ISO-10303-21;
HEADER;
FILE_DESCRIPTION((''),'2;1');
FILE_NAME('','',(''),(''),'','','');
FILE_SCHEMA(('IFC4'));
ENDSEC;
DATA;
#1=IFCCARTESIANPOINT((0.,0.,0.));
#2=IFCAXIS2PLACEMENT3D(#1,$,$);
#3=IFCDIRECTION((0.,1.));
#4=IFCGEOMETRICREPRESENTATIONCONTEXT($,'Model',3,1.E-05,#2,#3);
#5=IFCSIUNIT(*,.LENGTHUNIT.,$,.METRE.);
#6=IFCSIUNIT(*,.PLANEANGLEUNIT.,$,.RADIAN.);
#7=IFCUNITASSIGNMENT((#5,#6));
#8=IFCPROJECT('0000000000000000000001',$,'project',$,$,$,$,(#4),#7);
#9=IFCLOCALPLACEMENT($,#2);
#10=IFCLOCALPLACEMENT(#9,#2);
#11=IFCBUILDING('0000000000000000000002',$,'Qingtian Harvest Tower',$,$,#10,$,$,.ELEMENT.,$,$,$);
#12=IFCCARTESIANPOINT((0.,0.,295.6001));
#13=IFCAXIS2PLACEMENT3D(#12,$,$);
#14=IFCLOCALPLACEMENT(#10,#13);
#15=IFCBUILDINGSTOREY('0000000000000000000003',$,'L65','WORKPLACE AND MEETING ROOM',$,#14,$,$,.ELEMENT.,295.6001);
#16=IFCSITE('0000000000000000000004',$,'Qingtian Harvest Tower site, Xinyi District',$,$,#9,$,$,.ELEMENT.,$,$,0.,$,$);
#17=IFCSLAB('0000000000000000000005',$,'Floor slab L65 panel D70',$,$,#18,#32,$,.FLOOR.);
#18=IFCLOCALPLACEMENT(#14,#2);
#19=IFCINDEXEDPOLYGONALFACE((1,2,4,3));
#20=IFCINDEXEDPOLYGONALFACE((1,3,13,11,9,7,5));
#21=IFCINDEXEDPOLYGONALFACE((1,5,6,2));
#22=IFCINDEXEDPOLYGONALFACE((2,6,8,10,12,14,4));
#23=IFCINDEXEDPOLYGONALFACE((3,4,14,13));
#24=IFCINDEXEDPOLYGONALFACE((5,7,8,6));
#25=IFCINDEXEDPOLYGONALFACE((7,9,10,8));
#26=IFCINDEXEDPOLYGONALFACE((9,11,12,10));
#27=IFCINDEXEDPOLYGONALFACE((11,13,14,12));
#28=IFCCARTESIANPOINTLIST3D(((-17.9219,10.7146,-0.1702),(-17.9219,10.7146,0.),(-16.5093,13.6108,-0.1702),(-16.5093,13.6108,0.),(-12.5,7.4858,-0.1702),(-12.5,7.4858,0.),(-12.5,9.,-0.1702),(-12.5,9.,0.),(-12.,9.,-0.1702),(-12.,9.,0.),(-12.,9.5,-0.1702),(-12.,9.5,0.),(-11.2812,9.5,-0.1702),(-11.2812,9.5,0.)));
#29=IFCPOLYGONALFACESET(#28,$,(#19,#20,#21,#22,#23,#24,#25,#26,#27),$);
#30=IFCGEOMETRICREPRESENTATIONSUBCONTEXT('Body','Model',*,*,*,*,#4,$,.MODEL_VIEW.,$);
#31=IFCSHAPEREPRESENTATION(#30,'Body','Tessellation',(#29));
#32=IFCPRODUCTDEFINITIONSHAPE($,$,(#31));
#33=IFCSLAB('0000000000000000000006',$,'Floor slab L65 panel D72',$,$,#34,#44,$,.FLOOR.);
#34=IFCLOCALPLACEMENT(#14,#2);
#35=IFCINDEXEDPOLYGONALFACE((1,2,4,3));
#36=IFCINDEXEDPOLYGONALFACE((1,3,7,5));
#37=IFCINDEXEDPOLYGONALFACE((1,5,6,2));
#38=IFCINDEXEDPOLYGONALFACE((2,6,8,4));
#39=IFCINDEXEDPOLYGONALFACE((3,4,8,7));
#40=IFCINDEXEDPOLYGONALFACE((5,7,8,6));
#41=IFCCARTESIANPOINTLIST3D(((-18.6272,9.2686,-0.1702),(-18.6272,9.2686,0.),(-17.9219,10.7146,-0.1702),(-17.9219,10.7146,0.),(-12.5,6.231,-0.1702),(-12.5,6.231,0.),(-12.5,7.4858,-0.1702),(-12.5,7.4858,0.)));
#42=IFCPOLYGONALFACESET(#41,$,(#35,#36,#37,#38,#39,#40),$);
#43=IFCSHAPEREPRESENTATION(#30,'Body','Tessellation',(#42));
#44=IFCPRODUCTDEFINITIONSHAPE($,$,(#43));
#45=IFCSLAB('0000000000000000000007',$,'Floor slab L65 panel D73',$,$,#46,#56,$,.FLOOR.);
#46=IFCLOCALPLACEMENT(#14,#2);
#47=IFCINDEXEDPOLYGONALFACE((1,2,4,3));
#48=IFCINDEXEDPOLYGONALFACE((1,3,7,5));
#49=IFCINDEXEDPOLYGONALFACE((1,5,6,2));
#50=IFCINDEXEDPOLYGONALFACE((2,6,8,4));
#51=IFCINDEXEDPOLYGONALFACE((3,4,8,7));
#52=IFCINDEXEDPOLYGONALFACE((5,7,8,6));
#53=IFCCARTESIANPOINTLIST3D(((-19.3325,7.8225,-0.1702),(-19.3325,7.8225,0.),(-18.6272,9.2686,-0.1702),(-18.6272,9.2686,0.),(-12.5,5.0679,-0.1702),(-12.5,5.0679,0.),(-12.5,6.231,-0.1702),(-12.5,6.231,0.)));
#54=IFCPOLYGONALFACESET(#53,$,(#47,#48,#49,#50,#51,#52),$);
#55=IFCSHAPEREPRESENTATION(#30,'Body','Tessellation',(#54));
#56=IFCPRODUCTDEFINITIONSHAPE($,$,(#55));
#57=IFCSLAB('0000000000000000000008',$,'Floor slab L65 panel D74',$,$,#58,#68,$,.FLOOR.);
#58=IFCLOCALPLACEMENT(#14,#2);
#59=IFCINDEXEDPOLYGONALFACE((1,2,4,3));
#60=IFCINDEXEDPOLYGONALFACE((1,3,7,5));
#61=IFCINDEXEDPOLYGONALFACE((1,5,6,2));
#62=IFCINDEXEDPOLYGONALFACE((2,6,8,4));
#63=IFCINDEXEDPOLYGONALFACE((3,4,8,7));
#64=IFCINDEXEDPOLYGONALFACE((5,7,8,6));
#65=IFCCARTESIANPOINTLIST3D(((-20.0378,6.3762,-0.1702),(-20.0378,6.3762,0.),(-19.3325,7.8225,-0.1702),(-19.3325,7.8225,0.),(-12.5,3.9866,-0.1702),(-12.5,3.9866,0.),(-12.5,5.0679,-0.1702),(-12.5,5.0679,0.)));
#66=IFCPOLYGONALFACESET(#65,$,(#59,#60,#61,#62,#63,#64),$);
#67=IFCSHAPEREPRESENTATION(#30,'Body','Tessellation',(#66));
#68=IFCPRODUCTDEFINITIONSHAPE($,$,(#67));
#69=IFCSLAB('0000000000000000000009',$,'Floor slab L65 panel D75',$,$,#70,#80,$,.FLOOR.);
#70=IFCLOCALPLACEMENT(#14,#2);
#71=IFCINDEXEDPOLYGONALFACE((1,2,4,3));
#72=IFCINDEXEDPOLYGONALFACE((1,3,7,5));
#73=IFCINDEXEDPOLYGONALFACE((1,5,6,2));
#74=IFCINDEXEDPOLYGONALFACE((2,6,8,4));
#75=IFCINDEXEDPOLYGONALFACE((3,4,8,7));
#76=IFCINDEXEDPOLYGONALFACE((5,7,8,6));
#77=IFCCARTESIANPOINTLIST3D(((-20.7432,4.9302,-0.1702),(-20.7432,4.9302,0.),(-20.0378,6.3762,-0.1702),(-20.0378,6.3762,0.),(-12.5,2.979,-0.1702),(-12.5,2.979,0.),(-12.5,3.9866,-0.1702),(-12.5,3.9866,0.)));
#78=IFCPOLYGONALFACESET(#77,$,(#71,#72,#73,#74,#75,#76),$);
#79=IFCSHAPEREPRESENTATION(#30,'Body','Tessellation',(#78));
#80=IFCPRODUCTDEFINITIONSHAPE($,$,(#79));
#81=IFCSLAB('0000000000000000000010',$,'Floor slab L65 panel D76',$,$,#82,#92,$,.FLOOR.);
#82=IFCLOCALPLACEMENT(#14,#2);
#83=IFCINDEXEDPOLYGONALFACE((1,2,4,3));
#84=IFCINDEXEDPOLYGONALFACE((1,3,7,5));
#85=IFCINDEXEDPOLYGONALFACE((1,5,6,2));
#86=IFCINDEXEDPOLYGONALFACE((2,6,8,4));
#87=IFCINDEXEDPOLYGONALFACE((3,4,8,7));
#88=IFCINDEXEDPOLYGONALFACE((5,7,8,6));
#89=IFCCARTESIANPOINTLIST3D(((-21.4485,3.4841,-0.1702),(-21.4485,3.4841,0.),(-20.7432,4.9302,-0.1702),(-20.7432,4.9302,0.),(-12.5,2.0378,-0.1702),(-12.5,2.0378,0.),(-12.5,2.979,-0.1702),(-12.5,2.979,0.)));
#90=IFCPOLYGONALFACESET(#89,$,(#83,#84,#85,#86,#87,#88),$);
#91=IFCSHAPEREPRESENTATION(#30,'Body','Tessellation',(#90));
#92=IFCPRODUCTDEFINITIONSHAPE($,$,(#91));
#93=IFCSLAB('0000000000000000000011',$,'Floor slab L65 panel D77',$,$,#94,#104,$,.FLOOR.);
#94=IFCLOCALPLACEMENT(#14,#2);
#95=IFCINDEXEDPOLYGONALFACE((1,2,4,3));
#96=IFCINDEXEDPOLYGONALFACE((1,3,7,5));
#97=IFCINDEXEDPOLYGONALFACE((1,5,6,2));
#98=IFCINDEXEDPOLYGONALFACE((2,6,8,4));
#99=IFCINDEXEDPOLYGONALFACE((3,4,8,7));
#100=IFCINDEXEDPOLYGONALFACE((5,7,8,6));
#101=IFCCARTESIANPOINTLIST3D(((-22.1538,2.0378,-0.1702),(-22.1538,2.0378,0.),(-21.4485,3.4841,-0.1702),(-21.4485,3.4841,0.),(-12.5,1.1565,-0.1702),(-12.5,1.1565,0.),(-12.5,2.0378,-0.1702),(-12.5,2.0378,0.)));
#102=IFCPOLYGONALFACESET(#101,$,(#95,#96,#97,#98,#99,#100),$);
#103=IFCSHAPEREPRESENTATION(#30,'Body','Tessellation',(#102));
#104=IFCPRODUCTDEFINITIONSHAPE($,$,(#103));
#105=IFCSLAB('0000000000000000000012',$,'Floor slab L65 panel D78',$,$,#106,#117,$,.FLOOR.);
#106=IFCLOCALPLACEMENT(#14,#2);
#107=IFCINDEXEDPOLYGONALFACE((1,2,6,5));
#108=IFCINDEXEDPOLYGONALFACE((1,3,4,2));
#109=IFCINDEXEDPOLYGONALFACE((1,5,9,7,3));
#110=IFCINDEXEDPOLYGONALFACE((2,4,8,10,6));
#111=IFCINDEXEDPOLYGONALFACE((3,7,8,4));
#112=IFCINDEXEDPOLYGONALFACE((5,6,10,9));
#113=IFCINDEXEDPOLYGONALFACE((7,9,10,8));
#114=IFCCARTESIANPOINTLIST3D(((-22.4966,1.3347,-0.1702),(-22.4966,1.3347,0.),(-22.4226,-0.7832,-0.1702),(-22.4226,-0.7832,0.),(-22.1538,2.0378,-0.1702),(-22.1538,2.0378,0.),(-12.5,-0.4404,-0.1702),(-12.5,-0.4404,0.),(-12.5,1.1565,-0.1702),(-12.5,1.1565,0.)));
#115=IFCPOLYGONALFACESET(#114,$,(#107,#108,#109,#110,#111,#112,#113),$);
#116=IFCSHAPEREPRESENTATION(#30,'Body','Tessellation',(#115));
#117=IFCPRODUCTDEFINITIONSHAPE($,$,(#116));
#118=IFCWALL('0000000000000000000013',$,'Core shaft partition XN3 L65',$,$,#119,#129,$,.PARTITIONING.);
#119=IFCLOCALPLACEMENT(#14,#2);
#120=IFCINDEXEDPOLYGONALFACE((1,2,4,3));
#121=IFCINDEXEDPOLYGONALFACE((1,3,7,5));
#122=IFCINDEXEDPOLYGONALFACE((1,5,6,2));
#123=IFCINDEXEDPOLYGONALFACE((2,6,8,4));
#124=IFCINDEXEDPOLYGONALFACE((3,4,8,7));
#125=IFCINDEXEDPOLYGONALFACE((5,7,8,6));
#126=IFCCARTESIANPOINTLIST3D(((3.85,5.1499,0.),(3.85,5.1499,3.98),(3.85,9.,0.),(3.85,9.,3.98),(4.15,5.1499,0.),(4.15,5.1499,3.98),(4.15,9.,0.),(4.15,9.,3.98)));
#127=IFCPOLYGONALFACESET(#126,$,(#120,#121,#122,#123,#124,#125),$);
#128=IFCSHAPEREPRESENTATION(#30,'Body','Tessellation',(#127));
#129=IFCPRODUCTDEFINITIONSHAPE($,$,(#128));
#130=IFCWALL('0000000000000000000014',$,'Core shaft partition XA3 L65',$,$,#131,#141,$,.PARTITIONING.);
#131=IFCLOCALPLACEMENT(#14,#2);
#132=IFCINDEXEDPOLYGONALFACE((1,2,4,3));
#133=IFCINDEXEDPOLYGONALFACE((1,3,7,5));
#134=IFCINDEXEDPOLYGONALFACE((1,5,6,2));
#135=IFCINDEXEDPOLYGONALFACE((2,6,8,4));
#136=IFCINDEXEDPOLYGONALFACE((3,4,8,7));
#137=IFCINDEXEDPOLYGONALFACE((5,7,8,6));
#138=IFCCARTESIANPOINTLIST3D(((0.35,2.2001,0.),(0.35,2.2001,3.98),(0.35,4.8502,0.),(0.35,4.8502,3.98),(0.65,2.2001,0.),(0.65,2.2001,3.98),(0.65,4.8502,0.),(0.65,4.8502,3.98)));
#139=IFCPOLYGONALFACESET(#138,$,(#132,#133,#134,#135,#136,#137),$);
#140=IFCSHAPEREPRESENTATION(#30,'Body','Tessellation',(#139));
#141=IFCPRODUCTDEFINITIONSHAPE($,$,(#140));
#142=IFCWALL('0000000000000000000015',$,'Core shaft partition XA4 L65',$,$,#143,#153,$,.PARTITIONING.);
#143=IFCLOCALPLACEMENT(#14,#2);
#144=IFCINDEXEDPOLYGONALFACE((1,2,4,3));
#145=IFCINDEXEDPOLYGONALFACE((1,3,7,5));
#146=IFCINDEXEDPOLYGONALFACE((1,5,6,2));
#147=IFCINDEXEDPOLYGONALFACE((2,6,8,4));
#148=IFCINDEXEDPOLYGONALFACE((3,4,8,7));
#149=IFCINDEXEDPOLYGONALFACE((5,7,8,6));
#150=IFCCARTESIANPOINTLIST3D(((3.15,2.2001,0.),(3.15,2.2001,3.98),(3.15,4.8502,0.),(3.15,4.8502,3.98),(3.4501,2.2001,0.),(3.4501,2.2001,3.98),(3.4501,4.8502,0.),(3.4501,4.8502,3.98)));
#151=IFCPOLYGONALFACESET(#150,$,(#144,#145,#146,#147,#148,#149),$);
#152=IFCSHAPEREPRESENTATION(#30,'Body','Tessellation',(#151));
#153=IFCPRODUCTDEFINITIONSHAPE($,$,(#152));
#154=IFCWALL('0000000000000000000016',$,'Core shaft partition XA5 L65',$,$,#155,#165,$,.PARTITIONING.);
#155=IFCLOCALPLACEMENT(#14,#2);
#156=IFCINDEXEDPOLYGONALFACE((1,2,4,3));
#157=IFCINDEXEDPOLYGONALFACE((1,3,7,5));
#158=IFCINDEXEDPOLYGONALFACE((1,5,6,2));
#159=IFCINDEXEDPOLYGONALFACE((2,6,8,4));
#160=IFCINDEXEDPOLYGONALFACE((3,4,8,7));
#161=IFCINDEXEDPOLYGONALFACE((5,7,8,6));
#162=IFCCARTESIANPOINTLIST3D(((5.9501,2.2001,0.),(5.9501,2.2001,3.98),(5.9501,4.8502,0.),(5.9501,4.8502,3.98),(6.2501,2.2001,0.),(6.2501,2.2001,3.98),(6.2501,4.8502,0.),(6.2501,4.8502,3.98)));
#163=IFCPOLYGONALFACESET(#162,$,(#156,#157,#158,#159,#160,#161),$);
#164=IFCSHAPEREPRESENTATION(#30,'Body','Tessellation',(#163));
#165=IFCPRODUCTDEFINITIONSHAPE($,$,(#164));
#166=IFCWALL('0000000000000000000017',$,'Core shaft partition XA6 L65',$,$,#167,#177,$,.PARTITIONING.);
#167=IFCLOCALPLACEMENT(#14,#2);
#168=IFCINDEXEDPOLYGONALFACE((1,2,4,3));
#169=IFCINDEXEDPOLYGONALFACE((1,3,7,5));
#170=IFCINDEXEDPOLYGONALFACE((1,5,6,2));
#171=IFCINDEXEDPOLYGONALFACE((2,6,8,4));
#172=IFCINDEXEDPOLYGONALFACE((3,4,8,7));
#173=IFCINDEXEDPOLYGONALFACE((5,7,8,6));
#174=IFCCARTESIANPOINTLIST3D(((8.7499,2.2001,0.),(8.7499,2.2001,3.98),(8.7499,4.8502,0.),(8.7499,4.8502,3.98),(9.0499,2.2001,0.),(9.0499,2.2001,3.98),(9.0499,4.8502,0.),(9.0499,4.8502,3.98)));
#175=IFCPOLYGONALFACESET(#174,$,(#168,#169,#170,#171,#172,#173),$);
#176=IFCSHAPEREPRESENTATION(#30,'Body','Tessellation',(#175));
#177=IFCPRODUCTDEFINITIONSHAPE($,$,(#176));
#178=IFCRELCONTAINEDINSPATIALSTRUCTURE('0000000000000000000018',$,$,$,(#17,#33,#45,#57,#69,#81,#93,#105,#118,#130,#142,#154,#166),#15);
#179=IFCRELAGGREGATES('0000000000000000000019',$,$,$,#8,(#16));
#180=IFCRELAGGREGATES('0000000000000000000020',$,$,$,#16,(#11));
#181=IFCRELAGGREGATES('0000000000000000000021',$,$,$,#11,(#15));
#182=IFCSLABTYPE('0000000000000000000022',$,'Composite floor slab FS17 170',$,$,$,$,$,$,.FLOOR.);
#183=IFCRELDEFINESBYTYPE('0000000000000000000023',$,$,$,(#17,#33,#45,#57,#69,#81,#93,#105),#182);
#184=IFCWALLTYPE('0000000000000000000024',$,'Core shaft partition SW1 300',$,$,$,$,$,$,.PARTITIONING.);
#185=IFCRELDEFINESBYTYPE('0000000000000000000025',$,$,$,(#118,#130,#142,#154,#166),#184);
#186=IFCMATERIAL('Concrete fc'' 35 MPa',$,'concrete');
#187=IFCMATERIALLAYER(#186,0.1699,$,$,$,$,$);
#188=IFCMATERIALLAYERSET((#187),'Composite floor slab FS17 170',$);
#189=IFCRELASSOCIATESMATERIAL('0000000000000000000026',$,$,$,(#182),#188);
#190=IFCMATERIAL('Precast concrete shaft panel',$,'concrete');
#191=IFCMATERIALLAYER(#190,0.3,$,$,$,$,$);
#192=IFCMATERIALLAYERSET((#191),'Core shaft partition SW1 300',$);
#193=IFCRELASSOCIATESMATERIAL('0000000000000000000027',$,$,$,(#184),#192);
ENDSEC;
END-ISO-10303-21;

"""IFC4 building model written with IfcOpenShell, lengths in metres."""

from ifc_helpers import new_model, si_unit, direction, frame, frame_2d, origin, place, context, subcontext, project, spatial, polyline, rectangle, outline, extrude, material, layer, layer_set, type_object, element, save


model = new_model("IFC4")

# Units and contexts
model_context = context("Model", 3, precision=1e-05, world=origin(), true_north=direction((0.0, 1.0)))
body_context = subcontext(model_context, "Body", "Model", "MODEL_VIEW")
ifc_project = project(units=[si_unit("LENGTHUNIT", "METRE"), si_unit("PLANEANGLEUNIT", "RADIAN")], contexts=[model_context])

# Site, building, storey
site_placement = place(None, origin())
site = spatial("IfcSite", under=ifc_project, at=site_placement, Name="Qingtian Harvest Tower site, Xinyi District", CompositionType="ELEMENT", RefElevation=0.0)
building_placement = place(site_placement, origin())
building = spatial("IfcBuilding", under=site, at=building_placement, Name="Qingtian Harvest Tower", CompositionType="ELEMENT")
storey_placement = place(building_placement, frame((0.0, 0.0, 295.6001)))
storey = spatial("IfcBuildingStorey", under=building, at=storey_placement, Name="L65", Description="WORKPLACE AND MEETING ROOM", CompositionType="ELEMENT", Elevation=295.6001)

# Slabs
ifc_material_1 = material(Name="Concrete fc' 35 MPa", Category="concrete")
ifc_layer_1 = layer(ifc_material_1, 0.1699)
ifc_layer_set_1 = layer_set([ifc_layer_1], Name="Composite floor slab FS17 170")
slab_type = type_object("IfcSlabType", Name="Composite floor slab FS17 170", PredefinedType="FLOOR", material=ifc_layer_set_1)
slab_1_placement = place(storey_placement, frame((0.0, 0.0, -0.1702)))
element("IfcSlab", 1, at=slab_1_placement, inside=storey, type_object=slab_type, Name="Floor slab L65 panel D70", PredefinedType="FLOOR", context=body_context, shape_type="SweptSolid", body=[
    extrude(outline(polyline([(-12.0, 9.0), (-12.5, 9.0), (-12.5, 7.4858), (-17.9219, 10.7146), (-16.5093, 13.6108), (-11.2812, 9.5), (-12.0, 9.5), (-12.0, 9.0)])), origin(), (0.0, 0.0, 1.0), 0.1702),
])
slab_2_placement = place(storey_placement, frame((0.0, 0.0, -0.1702)))
element("IfcSlab", 2, at=slab_2_placement, inside=storey, type_object=slab_type, Name="Floor slab L65 panel D72", PredefinedType="FLOOR", context=body_context, shape_type="SweptSolid", body=[
    extrude(outline(polyline([(-12.5, 6.231), (-18.6272, 9.2686), (-17.9219, 10.7146), (-12.5, 7.4858), (-12.5, 6.231)])), origin(), (0.0, 0.0, 1.0), 0.1702),
])
slab_3_placement = place(storey_placement, frame((0.0, 0.0, -0.1702)))
element("IfcSlab", 3, at=slab_3_placement, inside=storey, type_object=slab_type, Name="Floor slab L65 panel D73", PredefinedType="FLOOR", context=body_context, shape_type="SweptSolid", body=[
    extrude(outline(polyline([(-12.5, 5.0679), (-19.3325, 7.8225), (-18.6272, 9.2686), (-12.5, 6.231), (-12.5, 5.0679)])), origin(), (0.0, 0.0, 1.0), 0.1702),
])
slab_4_placement = place(storey_placement, frame((0.0, 0.0, -0.1702)))
element("IfcSlab", 4, at=slab_4_placement, inside=storey, type_object=slab_type, Name="Floor slab L65 panel D74", PredefinedType="FLOOR", context=body_context, shape_type="SweptSolid", body=[
    extrude(outline(polyline([(-12.5, 3.9866), (-20.0378, 6.3762), (-19.3325, 7.8225), (-12.5, 5.0679), (-12.5, 3.9866)])), origin(), (0.0, 0.0, 1.0), 0.1702),
])
slab_5_placement = place(storey_placement, frame((0.0, 0.0, -0.1702)))
element("IfcSlab", 5, at=slab_5_placement, inside=storey, type_object=slab_type, Name="Floor slab L65 panel D75", PredefinedType="FLOOR", context=body_context, shape_type="SweptSolid", body=[
    extrude(outline(polyline([(-12.5, 2.979), (-20.7432, 4.9302), (-20.0378, 6.3762), (-12.5, 3.9866), (-12.5, 2.979)])), origin(), (0.0, 0.0, 1.0), 0.1702),
])
slab_6_placement = place(storey_placement, frame((0.0, 0.0, -0.1702)))
element("IfcSlab", 6, at=slab_6_placement, inside=storey, type_object=slab_type, Name="Floor slab L65 panel D76", PredefinedType="FLOOR", context=body_context, shape_type="SweptSolid", body=[
    extrude(outline(polyline([(-12.5, 2.0378), (-21.4485, 3.4841), (-20.7432, 4.9302), (-12.5, 2.979), (-12.5, 2.0378)])), origin(), (0.0, 0.0, 1.0), 0.1702),
])
slab_7_placement = place(storey_placement, frame((0.0, 0.0, -0.1702)))
element("IfcSlab", 7, at=slab_7_placement, inside=storey, type_object=slab_type, Name="Floor slab L65 panel D77", PredefinedType="FLOOR", context=body_context, shape_type="SweptSolid", body=[
    extrude(outline(polyline([(-12.5, 1.1565), (-22.1538, 2.0378), (-21.4485, 3.4841), (-12.5, 2.0378), (-12.5, 1.1565)])), origin(), (0.0, 0.0, 1.0), 0.1702),
])
slab_8_placement = place(storey_placement, frame((0.0, 0.0, -0.1702)))
element("IfcSlab", 8, at=slab_8_placement, inside=storey, type_object=slab_type, Name="Floor slab L65 panel D78", PredefinedType="FLOOR", context=body_context, shape_type="SweptSolid", body=[
    extrude(outline(polyline([(-12.5, 1.1565), (-12.5, -0.4404), (-22.4226, -0.7832), (-22.4966, 1.3347), (-22.1538, 2.0378), (-12.5, 1.1565)])), origin(), (0.0, 0.0, 1.0), 0.1702),
])

# Shared definitions
ifc_material_2 = material(Name="Precast concrete shaft panel", Category="concrete")
ifc_layer_2 = layer(ifc_material_2, 0.3)
ifc_layer_set_2 = layer_set([ifc_layer_2], Name="Core shaft partition SW1 300")
wall_type = type_object("IfcWallType", Name="Core shaft partition SW1 300", PredefinedType="PARTITIONING", material=ifc_layer_set_2)

# Walls
wall_1_placement = place(storey_placement, frame((4.0, 5.1499, 0.0), z_axis=(0.0, 0.0, 1.0), x_axis=(0.0, 1.0, 0.0)))
element("IfcWall", 9, at=wall_1_placement, inside=storey, type_object=wall_type, Name="Core shaft partition XN3 L65", PredefinedType="PARTITIONING", context=body_context, shape_type="SweptSolid", body=[
    extrude(rectangle(XDim=3.8501, YDim=0.3, at=frame_2d((1.925, 0.0))), origin(), (0.0, 0.0, 1.0), 3.98),
])
for number, where, z_axis, x_axis, name in (
    (10, (0.5, 2.2, 0.0), (0.0, 0.0, 1.0), (0.0, 1.0, 0.0), "Core shaft partition XA3 L65"),
    (11, (3.3, 2.2, 0.0), (0.0, 0.0, 1.0), (0.0, 1.0, 0.0), "Core shaft partition XA4 L65"),
    (12, (6.1001, 2.2, 0.0), (0.0, 0.0, 1.0), (0.0, 1.0, 0.0), "Core shaft partition XA5 L65"),
    (13, (8.8999, 2.2, 0.0), (0.0, 0.0, 1.0), (0.0, 1.0, 0.0), "Core shaft partition XA6 L65"),
):
    element("IfcWall", number, at=place(storey_placement, frame(where, z_axis=z_axis, x_axis=x_axis)), inside=storey, type_object=wall_type, Name=name, PredefinedType="PARTITIONING", context=body_context, shape_type="SweptSolid", body=[
        extrude(rectangle(XDim=2.6501, YDim=0.3, at=frame_2d((1.3252, 0.0))), origin(), (0.0, 0.0, 1.0), 3.98),
    ])

save(model, "model.ifc")
